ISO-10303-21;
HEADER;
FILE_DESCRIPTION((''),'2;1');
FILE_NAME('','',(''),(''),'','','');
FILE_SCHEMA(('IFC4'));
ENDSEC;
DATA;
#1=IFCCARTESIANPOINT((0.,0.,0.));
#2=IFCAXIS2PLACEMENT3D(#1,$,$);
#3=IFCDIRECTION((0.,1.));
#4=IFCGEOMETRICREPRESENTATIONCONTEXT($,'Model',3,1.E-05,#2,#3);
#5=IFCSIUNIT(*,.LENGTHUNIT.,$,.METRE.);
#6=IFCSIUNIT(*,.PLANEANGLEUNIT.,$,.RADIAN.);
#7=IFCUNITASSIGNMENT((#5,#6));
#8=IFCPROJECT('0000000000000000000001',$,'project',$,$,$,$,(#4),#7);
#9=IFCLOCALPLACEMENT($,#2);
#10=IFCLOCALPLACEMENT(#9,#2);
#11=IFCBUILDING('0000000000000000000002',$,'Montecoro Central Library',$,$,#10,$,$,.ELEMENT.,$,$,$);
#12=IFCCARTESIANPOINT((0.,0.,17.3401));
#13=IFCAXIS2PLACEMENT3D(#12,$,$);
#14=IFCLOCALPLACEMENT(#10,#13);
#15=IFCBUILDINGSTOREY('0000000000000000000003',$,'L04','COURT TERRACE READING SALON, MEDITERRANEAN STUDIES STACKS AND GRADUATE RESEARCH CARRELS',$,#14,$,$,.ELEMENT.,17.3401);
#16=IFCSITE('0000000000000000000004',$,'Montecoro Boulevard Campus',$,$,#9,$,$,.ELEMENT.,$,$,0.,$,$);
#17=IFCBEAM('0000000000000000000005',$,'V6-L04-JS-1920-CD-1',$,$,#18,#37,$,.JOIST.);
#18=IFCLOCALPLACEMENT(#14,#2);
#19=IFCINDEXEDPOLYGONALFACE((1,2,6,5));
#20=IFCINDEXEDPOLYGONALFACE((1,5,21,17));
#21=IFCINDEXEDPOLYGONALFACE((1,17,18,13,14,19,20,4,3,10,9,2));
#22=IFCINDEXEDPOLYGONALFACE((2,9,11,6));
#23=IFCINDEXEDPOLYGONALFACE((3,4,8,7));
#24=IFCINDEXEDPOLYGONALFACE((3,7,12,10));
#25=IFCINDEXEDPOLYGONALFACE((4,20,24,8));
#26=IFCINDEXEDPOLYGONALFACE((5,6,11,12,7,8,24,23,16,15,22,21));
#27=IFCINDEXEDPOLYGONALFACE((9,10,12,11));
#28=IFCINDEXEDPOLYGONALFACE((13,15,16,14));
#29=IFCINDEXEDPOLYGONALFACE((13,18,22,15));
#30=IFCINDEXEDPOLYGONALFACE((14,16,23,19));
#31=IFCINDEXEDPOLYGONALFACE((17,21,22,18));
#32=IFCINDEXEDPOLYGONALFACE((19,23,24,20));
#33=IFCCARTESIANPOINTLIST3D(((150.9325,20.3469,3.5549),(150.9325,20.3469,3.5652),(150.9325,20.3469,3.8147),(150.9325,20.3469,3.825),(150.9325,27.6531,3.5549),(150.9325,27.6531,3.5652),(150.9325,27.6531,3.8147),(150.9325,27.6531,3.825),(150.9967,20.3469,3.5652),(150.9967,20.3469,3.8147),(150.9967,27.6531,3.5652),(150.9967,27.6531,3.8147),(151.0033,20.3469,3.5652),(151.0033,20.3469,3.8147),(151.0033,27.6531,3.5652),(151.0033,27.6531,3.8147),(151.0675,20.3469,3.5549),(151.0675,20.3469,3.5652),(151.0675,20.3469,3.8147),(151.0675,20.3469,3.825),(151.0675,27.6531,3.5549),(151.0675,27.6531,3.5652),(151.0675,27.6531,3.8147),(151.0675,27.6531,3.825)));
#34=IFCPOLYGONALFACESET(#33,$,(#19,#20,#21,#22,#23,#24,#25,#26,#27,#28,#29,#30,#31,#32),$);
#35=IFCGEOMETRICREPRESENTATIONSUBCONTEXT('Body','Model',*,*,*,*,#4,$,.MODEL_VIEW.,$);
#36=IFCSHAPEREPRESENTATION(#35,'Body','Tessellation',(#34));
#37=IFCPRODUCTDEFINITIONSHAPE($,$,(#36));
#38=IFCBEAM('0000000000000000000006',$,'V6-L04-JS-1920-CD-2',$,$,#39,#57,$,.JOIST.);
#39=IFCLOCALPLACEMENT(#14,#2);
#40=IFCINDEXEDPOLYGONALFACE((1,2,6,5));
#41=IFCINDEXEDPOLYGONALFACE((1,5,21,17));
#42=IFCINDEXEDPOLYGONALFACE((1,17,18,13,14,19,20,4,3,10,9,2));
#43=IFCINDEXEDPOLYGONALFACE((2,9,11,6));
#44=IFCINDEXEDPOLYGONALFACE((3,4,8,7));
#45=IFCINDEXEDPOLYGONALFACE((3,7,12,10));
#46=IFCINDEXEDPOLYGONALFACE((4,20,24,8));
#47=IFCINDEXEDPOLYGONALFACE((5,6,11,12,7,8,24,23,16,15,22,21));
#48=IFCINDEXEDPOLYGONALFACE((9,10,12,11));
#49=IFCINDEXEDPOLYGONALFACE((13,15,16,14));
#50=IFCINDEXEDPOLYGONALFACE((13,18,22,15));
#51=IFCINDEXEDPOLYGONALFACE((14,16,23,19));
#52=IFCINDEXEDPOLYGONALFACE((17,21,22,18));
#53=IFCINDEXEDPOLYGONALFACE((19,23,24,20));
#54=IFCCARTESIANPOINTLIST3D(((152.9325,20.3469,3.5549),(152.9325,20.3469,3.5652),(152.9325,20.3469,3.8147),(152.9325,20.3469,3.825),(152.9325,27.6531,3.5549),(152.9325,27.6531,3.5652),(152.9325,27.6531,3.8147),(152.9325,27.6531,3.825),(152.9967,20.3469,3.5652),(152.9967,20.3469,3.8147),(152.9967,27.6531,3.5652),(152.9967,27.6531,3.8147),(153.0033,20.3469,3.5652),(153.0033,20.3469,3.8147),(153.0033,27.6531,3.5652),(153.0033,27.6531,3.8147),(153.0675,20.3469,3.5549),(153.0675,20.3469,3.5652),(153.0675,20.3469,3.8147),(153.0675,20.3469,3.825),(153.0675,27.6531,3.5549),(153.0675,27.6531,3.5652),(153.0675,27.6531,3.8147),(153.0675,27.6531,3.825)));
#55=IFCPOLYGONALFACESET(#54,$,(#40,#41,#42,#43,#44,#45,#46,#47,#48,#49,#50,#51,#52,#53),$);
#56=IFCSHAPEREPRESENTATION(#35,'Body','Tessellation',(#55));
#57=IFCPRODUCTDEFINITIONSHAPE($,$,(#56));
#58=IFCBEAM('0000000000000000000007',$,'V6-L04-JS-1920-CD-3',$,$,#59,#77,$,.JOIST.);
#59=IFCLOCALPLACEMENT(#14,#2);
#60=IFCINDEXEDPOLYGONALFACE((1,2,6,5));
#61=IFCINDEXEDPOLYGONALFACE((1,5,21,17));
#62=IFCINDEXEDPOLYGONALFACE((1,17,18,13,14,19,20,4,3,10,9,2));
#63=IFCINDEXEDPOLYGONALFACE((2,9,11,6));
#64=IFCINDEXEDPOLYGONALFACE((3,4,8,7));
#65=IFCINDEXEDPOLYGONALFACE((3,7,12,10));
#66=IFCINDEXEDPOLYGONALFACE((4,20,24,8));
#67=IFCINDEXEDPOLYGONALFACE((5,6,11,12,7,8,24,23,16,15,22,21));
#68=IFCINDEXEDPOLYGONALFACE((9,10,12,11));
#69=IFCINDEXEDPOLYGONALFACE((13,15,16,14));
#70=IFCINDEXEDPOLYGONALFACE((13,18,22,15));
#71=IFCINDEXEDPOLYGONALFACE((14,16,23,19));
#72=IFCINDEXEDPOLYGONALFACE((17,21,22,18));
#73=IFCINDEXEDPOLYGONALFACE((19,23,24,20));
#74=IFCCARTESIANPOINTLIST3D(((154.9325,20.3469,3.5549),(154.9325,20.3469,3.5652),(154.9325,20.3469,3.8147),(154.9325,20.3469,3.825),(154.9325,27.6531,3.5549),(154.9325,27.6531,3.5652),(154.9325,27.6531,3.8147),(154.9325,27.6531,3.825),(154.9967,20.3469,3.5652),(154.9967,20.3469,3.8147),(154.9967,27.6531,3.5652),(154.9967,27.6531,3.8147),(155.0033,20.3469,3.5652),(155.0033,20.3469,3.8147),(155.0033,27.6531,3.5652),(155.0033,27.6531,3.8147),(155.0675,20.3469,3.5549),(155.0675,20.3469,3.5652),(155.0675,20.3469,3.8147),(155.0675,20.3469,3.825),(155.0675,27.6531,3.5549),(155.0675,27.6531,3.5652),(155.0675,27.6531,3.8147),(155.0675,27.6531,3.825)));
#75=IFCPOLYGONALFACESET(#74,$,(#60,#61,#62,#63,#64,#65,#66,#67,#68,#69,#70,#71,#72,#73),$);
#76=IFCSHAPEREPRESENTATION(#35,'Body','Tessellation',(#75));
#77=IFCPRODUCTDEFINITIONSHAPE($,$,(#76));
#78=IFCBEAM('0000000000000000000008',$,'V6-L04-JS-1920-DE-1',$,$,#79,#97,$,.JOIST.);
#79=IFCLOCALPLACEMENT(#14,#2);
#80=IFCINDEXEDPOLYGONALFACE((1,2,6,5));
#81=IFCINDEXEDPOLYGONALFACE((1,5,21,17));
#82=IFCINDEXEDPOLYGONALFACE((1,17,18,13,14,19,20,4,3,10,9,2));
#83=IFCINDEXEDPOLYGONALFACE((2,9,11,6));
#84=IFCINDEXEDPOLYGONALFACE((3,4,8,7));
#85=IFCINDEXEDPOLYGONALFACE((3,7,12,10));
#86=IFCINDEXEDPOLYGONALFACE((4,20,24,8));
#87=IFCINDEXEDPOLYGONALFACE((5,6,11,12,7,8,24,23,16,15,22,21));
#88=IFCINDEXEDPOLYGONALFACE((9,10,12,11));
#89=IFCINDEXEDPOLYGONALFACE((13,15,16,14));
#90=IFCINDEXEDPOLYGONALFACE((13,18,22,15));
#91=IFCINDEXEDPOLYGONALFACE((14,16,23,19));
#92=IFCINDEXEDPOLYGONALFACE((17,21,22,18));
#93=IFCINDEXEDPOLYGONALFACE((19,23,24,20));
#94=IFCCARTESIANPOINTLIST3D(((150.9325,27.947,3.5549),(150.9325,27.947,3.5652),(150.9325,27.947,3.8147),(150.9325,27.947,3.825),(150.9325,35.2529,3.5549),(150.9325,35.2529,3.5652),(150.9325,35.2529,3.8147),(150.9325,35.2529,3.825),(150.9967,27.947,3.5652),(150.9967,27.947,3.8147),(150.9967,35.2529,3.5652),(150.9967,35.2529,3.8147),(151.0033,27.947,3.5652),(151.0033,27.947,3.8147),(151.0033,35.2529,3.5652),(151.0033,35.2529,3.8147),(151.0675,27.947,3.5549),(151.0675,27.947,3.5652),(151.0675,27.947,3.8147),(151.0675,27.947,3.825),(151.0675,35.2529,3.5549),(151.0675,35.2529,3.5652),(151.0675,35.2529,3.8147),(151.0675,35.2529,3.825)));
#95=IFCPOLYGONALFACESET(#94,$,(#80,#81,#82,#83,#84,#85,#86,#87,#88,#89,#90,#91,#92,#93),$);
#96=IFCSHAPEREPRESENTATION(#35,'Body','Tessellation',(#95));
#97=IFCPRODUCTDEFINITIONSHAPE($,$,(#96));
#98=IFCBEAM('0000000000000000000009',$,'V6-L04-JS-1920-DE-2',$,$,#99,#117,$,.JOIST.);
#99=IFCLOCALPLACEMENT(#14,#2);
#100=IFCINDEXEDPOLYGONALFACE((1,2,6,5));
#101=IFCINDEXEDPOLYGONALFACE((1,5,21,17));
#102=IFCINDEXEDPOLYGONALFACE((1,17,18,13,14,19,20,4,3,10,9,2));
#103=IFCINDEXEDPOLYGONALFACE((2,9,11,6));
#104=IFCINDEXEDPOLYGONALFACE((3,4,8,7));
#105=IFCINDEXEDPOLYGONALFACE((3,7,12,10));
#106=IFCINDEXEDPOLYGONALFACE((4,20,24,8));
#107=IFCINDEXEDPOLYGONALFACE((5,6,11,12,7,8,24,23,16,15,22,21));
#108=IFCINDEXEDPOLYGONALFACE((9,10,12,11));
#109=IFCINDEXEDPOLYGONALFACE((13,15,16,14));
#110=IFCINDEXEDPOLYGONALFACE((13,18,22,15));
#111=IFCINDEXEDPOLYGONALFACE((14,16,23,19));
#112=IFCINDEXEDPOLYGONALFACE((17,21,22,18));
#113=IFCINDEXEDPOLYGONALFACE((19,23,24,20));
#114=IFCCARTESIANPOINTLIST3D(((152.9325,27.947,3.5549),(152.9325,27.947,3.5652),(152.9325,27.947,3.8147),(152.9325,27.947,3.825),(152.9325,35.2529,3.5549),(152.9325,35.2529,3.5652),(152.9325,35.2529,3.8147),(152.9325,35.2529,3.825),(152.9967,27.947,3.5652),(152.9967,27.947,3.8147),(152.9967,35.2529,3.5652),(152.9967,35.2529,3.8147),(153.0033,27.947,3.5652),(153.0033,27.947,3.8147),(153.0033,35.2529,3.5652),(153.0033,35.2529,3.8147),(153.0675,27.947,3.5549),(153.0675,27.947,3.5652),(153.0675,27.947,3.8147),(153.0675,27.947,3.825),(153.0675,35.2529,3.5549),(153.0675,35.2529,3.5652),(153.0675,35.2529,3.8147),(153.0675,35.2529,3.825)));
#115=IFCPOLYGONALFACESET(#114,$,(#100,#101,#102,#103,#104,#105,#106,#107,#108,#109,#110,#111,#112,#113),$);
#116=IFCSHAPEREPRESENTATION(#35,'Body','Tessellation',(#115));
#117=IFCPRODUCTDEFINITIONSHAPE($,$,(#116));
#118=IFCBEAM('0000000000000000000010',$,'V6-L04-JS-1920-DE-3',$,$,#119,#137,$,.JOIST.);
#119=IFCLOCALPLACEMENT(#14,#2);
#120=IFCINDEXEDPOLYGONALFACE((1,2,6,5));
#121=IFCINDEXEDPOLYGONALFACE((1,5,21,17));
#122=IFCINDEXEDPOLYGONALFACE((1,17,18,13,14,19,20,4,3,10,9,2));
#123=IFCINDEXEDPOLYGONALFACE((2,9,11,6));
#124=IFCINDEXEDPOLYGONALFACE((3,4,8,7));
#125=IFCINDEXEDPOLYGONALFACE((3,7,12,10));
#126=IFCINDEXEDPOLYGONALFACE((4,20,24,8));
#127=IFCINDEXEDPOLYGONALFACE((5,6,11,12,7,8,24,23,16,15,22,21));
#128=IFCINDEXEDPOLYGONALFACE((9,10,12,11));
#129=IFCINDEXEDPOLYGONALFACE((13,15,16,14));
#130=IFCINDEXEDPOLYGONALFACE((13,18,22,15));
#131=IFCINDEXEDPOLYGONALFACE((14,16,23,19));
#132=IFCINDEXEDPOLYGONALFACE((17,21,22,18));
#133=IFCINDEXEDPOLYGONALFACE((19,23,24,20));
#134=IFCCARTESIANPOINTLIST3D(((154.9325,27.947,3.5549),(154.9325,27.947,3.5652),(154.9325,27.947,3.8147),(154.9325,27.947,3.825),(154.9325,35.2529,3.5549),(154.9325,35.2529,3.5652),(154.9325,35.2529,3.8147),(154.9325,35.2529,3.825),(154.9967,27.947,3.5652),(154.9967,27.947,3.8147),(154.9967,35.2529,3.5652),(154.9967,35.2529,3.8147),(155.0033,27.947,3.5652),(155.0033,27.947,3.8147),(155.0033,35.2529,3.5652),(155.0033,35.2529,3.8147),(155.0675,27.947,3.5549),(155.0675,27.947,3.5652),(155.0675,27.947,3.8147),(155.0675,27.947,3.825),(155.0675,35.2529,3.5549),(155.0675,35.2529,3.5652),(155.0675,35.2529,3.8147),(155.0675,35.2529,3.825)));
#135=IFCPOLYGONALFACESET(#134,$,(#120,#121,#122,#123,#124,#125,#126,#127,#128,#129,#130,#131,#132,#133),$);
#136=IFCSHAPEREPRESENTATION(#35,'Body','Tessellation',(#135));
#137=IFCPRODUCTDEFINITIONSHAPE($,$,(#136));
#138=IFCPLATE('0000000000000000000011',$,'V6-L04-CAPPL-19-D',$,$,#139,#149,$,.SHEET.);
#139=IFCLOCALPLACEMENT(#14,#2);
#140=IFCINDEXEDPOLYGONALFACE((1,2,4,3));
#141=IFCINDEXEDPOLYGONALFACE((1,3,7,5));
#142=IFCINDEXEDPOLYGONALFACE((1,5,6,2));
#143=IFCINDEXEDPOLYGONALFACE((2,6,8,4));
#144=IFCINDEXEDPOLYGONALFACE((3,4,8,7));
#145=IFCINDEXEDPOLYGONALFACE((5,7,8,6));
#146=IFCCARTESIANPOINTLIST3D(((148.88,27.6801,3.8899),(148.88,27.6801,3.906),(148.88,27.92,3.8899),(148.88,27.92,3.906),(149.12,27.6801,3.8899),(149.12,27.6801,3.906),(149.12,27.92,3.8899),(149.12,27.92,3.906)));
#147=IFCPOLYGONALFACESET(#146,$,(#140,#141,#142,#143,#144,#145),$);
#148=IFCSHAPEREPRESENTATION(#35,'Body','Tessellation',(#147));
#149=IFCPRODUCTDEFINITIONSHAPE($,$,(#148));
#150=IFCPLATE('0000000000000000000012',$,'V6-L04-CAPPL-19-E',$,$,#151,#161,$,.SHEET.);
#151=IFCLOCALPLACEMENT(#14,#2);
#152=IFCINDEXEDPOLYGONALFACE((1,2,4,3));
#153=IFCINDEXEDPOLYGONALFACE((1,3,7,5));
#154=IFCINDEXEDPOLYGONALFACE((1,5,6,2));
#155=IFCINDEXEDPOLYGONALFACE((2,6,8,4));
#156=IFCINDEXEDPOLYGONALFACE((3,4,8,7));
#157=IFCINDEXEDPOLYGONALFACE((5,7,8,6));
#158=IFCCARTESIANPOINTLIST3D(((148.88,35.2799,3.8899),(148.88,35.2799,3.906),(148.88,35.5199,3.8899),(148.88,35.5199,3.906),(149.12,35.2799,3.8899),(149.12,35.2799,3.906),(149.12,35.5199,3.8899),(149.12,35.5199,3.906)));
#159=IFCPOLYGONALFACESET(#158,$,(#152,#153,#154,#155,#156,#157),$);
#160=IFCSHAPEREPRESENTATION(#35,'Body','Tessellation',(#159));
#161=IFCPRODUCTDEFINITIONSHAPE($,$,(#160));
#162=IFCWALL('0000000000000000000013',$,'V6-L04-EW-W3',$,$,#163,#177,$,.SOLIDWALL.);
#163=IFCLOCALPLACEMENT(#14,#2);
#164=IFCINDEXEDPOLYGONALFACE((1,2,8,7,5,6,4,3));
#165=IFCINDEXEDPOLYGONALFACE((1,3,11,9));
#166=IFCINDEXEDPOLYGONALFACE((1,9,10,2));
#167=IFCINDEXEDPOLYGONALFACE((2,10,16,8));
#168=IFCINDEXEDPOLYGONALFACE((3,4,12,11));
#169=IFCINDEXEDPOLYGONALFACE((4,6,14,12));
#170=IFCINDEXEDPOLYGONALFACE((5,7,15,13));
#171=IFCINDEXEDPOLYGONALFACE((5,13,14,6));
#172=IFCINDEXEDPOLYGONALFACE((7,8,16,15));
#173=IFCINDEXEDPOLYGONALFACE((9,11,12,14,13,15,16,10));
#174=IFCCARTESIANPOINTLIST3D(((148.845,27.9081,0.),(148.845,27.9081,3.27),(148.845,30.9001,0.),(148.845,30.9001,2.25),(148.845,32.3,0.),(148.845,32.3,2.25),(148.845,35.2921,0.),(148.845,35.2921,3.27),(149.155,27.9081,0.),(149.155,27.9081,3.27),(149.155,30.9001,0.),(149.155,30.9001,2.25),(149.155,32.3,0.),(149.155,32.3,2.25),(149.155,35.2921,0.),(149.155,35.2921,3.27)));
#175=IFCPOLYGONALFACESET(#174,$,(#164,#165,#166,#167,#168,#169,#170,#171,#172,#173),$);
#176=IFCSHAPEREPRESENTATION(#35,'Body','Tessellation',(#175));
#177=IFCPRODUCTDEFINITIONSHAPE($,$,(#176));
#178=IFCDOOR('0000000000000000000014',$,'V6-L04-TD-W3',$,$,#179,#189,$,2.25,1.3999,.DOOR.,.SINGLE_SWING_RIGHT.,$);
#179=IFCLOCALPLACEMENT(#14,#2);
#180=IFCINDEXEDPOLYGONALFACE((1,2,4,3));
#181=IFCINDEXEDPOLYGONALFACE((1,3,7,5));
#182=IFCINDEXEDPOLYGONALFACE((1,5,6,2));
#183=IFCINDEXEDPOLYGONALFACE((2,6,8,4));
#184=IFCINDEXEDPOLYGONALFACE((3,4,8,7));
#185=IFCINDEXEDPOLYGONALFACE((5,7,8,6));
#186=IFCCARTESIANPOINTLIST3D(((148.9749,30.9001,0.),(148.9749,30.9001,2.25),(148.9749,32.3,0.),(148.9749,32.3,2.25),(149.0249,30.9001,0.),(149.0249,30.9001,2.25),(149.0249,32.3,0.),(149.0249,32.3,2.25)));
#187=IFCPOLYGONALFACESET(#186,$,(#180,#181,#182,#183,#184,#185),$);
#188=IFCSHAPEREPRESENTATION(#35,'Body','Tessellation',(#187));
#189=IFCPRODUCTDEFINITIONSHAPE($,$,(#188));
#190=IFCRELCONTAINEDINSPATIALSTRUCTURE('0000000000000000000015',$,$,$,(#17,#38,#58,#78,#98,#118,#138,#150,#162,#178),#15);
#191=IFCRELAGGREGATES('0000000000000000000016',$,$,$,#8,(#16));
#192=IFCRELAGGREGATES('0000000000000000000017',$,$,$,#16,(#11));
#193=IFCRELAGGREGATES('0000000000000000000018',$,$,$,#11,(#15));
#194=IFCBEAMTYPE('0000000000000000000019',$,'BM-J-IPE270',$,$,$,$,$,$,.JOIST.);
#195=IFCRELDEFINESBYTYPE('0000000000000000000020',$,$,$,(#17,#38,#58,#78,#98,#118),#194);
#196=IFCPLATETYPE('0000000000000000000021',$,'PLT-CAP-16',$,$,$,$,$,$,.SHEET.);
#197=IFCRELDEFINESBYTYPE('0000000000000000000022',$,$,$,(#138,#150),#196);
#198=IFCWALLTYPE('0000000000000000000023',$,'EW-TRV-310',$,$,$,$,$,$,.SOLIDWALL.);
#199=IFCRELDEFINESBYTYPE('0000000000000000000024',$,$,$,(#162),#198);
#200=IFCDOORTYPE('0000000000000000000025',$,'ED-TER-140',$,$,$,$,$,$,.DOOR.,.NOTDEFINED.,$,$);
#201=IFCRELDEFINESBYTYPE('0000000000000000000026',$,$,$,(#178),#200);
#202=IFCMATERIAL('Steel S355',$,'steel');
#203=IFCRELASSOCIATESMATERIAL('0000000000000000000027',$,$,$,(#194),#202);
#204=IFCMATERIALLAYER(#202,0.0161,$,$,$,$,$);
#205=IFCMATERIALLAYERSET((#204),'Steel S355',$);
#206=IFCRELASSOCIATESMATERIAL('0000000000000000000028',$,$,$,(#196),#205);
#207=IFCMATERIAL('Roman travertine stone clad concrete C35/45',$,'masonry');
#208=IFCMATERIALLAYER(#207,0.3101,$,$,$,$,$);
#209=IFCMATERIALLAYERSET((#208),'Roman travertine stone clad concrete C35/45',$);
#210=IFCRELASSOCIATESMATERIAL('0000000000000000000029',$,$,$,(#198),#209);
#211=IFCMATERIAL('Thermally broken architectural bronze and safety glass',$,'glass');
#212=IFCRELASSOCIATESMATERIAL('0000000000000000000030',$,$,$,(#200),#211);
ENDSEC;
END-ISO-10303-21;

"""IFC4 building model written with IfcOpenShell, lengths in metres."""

from ifc_helpers import new_model, si_unit, direction, frame, frame_2d, origin, origin_2d, place, context, subcontext, project, spatial, rectangle, i_section, extrude, material, layer, layer_set, material_profile, profile_set, type_object, element, fill, save


model = new_model("IFC4")

# Units and contexts
model_context = context("Model", 3, precision=1e-05, world=origin(), true_north=direction((0.0, 1.0)))
body_context = subcontext(model_context, "Body", "Model", "MODEL_VIEW")
ifc_project = project(units=[si_unit("LENGTHUNIT", "METRE"), si_unit("PLANEANGLEUNIT", "RADIAN")], contexts=[model_context])

# Site, building, storey
site_placement = place(None, origin())
site = spatial("IfcSite", under=ifc_project, at=site_placement, Name="Montecoro Boulevard Campus", CompositionType="ELEMENT", RefElevation=0.0)
building_placement = place(site_placement, origin())
building = spatial("IfcBuilding", under=site, at=building_placement, Name="Montecoro Central Library", CompositionType="ELEMENT")
storey_placement = place(building_placement, frame((0.0, 0.0, 17.3401)))
storey = spatial("IfcBuildingStorey", under=building, at=storey_placement, Name="L04", Description="COURT TERRACE READING SALON, MEDITERRANEAN STUDIES STACKS AND GRADUATE RESEARCH CARRELS", CompositionType="ELEMENT", Elevation=17.3401)

# Shared definitions
ifc_material_1 = material(Name="Steel S355", Category="steel")

# Beams
ifc_material_profile_1 = material_profile(ifc_material_1, i_section(OverallWidth=0.135, OverallDepth=0.27, WebThickness=0.0066, FlangeThickness=0.0103, at=origin_2d()), Name="IPE 270")
ifc_profile_set_1 = profile_set([ifc_material_profile_1], Name="Steel S355")
beam_type_1 = type_object("IfcBeamType", Name="BM-J-IPE270", PredefinedType="JOIST", material=ifc_profile_set_1)
for number, where, z_axis, x_axis, name in (
    (1, (151.0, 20.3469, 3.6899), (0.0, 1.0, 0.0), (-1.0, 0.0, 0.0), "V6-L04-JS-1920-CD-1"),
    (2, (153.0, 20.3469, 3.6899), (0.0, 1.0, 0.0), (-1.0, 0.0, 0.0), "V6-L04-JS-1920-CD-2"),
    (3, (155.0, 20.3469, 3.6899), (0.0, 1.0, 0.0), (-1.0, 0.0, 0.0), "V6-L04-JS-1920-CD-3"),
):
    element("IfcBeam", number, at=place(storey_placement, frame(where, z_axis=z_axis, x_axis=x_axis)), inside=storey, type_object=beam_type_1, Name=name, PredefinedType="JOIST", context=body_context, shape_type="SweptSolid", body=[
        extrude(i_section(OverallWidth=0.135, OverallDepth=0.27, WebThickness=0.0066, FlangeThickness=0.0103, at=origin_2d()), origin(), (0.0, 0.0, 1.0), 7.3062),
    ])
for number, where, z_axis, x_axis, name in (
    (4, (151.0, 27.947, 3.6899), (0.0, 1.0, 0.0), (-1.0, 0.0, 0.0), "V6-L04-JS-1920-DE-1"),
    (5, (153.0, 27.947, 3.6899), (0.0, 1.0, 0.0), (-1.0, 0.0, 0.0), "V6-L04-JS-1920-DE-2"),
    (6, (155.0, 27.947, 3.6899), (0.0, 1.0, 0.0), (-1.0, 0.0, 0.0), "V6-L04-JS-1920-DE-3"),
):
    element("IfcBeam", number, at=place(storey_placement, frame(where, z_axis=z_axis, x_axis=x_axis)), inside=storey, type_object=beam_type_1, Name=name, PredefinedType="JOIST", context=body_context, shape_type="SweptSolid", body=[
        extrude(i_section(OverallWidth=0.135, OverallDepth=0.27, WebThickness=0.0066, FlangeThickness=0.0103, at=origin_2d()), origin(), (0.0, 0.0, 1.0), 7.3059),
    ])

# Plates
ifc_layer_1 = layer(ifc_material_1, 0.0161)
ifc_layer_set_1 = layer_set([ifc_layer_1], Name="Steel S355")
plate_type = type_object("IfcPlateType", Name="PLT-CAP-16", PredefinedType="SHEET", material=ifc_layer_set_1)
for number, where, z_axis, x_axis, name in (
    (7, (149.0, 27.8, 3.8899), (0.0, 0.0, 1.0), (1.0, 0.0, 0.0), "V6-L04-CAPPL-19-D"),
    (8, (149.0, 35.3999, 3.8899), (0.0, 0.0, 1.0), (1.0, 0.0, 0.0), "V6-L04-CAPPL-19-E"),
):
    element("IfcPlate", number, at=place(storey_placement, frame(where, z_axis=z_axis, x_axis=x_axis)), inside=storey, type_object=plate_type, Name=name, PredefinedType="SHEET", context=body_context, shape_type="SweptSolid", body=[
        extrude(rectangle(XDim=0.24, YDim=0.24, at=origin_2d()), origin(), (0.0, 0.0, 1.0), 0.0161),
    ])

# Wall, opening, door
ifc_material_2 = material(Name="Roman travertine stone clad concrete C35/45", Category="masonry")
ifc_layer_2 = layer(ifc_material_2, 0.3101)
ifc_layer_set_2 = layer_set([ifc_layer_2], Name="Roman travertine stone clad concrete C35/45")
wall_type_1 = type_object("IfcWallType", Name="EW-TRV-310", PredefinedType="SOLIDWALL", material=ifc_layer_set_2)
wall_1_placement = place(storey_placement, frame((149.0, 35.292, 0.0), z_axis=(0.0, 0.0, 1.0), x_axis=(0.0, -1.0, 0.0)))
wall_1 = element("IfcWall", 9, at=wall_1_placement, inside=storey, type_object=wall_type_1, Name="V6-L04-EW-W3", PredefinedType="SOLIDWALL", context=body_context, shape_type="SweptSolid", body=[
    extrude(rectangle(XDim=7.384, YDim=0.3101, at=frame_2d((3.6919, 0.0))), origin(), (0.0, 0.0, 1.0), 3.27),
])
opening_1_placement = place(wall_1_placement, frame((2.9919, 0.0, 0.0)))
opening_1 = element("IfcOpeningElement", 10, at=opening_1_placement, cuts=wall_1, PredefinedType="OPENING", context=body_context, shape_type="SweptSolid", body=[
    extrude(rectangle(XDim=1.3999, YDim=2.25, at=frame_2d((0.7, 1.125))), frame((0.0, 0.165, 0.0), z_axis=(0.0, -1.0, 0.0), x_axis=(1.0, 0.0, 0.0)), (0.0, 0.0, 1.0), 0.3301),
])
ifc_material_3 = material(Name="Thermally broken architectural bronze and safety glass", Category="glass")
door_type_1 = type_object("IfcDoorType", Name="ED-TER-140", OperationType="NOTDEFINED", PredefinedType="DOOR", material=ifc_material_3)
door_1_placement = place(opening_1_placement, origin())
door_1 = element("IfcDoor", 11, at=door_1_placement, inside=storey, type_object=door_type_1, Name="V6-L04-TD-W3", OperationType="SINGLE_SWING_RIGHT", OverallHeight=2.25, OverallWidth=1.3999, PredefinedType="DOOR", context=body_context, shape_type="SweptSolid", body=[
    extrude(rectangle(XDim=1.3999, YDim=2.25, at=frame_2d((0.7, 1.125))), frame((0.0, 0.0249, 0.0), z_axis=(0.0, -1.0, 0.0), x_axis=(1.0, 0.0, 0.0)), (0.0, 0.0, 1.0), 0.05),
])
fill(opening_1, door_1)

save(model, "model.ifc")
